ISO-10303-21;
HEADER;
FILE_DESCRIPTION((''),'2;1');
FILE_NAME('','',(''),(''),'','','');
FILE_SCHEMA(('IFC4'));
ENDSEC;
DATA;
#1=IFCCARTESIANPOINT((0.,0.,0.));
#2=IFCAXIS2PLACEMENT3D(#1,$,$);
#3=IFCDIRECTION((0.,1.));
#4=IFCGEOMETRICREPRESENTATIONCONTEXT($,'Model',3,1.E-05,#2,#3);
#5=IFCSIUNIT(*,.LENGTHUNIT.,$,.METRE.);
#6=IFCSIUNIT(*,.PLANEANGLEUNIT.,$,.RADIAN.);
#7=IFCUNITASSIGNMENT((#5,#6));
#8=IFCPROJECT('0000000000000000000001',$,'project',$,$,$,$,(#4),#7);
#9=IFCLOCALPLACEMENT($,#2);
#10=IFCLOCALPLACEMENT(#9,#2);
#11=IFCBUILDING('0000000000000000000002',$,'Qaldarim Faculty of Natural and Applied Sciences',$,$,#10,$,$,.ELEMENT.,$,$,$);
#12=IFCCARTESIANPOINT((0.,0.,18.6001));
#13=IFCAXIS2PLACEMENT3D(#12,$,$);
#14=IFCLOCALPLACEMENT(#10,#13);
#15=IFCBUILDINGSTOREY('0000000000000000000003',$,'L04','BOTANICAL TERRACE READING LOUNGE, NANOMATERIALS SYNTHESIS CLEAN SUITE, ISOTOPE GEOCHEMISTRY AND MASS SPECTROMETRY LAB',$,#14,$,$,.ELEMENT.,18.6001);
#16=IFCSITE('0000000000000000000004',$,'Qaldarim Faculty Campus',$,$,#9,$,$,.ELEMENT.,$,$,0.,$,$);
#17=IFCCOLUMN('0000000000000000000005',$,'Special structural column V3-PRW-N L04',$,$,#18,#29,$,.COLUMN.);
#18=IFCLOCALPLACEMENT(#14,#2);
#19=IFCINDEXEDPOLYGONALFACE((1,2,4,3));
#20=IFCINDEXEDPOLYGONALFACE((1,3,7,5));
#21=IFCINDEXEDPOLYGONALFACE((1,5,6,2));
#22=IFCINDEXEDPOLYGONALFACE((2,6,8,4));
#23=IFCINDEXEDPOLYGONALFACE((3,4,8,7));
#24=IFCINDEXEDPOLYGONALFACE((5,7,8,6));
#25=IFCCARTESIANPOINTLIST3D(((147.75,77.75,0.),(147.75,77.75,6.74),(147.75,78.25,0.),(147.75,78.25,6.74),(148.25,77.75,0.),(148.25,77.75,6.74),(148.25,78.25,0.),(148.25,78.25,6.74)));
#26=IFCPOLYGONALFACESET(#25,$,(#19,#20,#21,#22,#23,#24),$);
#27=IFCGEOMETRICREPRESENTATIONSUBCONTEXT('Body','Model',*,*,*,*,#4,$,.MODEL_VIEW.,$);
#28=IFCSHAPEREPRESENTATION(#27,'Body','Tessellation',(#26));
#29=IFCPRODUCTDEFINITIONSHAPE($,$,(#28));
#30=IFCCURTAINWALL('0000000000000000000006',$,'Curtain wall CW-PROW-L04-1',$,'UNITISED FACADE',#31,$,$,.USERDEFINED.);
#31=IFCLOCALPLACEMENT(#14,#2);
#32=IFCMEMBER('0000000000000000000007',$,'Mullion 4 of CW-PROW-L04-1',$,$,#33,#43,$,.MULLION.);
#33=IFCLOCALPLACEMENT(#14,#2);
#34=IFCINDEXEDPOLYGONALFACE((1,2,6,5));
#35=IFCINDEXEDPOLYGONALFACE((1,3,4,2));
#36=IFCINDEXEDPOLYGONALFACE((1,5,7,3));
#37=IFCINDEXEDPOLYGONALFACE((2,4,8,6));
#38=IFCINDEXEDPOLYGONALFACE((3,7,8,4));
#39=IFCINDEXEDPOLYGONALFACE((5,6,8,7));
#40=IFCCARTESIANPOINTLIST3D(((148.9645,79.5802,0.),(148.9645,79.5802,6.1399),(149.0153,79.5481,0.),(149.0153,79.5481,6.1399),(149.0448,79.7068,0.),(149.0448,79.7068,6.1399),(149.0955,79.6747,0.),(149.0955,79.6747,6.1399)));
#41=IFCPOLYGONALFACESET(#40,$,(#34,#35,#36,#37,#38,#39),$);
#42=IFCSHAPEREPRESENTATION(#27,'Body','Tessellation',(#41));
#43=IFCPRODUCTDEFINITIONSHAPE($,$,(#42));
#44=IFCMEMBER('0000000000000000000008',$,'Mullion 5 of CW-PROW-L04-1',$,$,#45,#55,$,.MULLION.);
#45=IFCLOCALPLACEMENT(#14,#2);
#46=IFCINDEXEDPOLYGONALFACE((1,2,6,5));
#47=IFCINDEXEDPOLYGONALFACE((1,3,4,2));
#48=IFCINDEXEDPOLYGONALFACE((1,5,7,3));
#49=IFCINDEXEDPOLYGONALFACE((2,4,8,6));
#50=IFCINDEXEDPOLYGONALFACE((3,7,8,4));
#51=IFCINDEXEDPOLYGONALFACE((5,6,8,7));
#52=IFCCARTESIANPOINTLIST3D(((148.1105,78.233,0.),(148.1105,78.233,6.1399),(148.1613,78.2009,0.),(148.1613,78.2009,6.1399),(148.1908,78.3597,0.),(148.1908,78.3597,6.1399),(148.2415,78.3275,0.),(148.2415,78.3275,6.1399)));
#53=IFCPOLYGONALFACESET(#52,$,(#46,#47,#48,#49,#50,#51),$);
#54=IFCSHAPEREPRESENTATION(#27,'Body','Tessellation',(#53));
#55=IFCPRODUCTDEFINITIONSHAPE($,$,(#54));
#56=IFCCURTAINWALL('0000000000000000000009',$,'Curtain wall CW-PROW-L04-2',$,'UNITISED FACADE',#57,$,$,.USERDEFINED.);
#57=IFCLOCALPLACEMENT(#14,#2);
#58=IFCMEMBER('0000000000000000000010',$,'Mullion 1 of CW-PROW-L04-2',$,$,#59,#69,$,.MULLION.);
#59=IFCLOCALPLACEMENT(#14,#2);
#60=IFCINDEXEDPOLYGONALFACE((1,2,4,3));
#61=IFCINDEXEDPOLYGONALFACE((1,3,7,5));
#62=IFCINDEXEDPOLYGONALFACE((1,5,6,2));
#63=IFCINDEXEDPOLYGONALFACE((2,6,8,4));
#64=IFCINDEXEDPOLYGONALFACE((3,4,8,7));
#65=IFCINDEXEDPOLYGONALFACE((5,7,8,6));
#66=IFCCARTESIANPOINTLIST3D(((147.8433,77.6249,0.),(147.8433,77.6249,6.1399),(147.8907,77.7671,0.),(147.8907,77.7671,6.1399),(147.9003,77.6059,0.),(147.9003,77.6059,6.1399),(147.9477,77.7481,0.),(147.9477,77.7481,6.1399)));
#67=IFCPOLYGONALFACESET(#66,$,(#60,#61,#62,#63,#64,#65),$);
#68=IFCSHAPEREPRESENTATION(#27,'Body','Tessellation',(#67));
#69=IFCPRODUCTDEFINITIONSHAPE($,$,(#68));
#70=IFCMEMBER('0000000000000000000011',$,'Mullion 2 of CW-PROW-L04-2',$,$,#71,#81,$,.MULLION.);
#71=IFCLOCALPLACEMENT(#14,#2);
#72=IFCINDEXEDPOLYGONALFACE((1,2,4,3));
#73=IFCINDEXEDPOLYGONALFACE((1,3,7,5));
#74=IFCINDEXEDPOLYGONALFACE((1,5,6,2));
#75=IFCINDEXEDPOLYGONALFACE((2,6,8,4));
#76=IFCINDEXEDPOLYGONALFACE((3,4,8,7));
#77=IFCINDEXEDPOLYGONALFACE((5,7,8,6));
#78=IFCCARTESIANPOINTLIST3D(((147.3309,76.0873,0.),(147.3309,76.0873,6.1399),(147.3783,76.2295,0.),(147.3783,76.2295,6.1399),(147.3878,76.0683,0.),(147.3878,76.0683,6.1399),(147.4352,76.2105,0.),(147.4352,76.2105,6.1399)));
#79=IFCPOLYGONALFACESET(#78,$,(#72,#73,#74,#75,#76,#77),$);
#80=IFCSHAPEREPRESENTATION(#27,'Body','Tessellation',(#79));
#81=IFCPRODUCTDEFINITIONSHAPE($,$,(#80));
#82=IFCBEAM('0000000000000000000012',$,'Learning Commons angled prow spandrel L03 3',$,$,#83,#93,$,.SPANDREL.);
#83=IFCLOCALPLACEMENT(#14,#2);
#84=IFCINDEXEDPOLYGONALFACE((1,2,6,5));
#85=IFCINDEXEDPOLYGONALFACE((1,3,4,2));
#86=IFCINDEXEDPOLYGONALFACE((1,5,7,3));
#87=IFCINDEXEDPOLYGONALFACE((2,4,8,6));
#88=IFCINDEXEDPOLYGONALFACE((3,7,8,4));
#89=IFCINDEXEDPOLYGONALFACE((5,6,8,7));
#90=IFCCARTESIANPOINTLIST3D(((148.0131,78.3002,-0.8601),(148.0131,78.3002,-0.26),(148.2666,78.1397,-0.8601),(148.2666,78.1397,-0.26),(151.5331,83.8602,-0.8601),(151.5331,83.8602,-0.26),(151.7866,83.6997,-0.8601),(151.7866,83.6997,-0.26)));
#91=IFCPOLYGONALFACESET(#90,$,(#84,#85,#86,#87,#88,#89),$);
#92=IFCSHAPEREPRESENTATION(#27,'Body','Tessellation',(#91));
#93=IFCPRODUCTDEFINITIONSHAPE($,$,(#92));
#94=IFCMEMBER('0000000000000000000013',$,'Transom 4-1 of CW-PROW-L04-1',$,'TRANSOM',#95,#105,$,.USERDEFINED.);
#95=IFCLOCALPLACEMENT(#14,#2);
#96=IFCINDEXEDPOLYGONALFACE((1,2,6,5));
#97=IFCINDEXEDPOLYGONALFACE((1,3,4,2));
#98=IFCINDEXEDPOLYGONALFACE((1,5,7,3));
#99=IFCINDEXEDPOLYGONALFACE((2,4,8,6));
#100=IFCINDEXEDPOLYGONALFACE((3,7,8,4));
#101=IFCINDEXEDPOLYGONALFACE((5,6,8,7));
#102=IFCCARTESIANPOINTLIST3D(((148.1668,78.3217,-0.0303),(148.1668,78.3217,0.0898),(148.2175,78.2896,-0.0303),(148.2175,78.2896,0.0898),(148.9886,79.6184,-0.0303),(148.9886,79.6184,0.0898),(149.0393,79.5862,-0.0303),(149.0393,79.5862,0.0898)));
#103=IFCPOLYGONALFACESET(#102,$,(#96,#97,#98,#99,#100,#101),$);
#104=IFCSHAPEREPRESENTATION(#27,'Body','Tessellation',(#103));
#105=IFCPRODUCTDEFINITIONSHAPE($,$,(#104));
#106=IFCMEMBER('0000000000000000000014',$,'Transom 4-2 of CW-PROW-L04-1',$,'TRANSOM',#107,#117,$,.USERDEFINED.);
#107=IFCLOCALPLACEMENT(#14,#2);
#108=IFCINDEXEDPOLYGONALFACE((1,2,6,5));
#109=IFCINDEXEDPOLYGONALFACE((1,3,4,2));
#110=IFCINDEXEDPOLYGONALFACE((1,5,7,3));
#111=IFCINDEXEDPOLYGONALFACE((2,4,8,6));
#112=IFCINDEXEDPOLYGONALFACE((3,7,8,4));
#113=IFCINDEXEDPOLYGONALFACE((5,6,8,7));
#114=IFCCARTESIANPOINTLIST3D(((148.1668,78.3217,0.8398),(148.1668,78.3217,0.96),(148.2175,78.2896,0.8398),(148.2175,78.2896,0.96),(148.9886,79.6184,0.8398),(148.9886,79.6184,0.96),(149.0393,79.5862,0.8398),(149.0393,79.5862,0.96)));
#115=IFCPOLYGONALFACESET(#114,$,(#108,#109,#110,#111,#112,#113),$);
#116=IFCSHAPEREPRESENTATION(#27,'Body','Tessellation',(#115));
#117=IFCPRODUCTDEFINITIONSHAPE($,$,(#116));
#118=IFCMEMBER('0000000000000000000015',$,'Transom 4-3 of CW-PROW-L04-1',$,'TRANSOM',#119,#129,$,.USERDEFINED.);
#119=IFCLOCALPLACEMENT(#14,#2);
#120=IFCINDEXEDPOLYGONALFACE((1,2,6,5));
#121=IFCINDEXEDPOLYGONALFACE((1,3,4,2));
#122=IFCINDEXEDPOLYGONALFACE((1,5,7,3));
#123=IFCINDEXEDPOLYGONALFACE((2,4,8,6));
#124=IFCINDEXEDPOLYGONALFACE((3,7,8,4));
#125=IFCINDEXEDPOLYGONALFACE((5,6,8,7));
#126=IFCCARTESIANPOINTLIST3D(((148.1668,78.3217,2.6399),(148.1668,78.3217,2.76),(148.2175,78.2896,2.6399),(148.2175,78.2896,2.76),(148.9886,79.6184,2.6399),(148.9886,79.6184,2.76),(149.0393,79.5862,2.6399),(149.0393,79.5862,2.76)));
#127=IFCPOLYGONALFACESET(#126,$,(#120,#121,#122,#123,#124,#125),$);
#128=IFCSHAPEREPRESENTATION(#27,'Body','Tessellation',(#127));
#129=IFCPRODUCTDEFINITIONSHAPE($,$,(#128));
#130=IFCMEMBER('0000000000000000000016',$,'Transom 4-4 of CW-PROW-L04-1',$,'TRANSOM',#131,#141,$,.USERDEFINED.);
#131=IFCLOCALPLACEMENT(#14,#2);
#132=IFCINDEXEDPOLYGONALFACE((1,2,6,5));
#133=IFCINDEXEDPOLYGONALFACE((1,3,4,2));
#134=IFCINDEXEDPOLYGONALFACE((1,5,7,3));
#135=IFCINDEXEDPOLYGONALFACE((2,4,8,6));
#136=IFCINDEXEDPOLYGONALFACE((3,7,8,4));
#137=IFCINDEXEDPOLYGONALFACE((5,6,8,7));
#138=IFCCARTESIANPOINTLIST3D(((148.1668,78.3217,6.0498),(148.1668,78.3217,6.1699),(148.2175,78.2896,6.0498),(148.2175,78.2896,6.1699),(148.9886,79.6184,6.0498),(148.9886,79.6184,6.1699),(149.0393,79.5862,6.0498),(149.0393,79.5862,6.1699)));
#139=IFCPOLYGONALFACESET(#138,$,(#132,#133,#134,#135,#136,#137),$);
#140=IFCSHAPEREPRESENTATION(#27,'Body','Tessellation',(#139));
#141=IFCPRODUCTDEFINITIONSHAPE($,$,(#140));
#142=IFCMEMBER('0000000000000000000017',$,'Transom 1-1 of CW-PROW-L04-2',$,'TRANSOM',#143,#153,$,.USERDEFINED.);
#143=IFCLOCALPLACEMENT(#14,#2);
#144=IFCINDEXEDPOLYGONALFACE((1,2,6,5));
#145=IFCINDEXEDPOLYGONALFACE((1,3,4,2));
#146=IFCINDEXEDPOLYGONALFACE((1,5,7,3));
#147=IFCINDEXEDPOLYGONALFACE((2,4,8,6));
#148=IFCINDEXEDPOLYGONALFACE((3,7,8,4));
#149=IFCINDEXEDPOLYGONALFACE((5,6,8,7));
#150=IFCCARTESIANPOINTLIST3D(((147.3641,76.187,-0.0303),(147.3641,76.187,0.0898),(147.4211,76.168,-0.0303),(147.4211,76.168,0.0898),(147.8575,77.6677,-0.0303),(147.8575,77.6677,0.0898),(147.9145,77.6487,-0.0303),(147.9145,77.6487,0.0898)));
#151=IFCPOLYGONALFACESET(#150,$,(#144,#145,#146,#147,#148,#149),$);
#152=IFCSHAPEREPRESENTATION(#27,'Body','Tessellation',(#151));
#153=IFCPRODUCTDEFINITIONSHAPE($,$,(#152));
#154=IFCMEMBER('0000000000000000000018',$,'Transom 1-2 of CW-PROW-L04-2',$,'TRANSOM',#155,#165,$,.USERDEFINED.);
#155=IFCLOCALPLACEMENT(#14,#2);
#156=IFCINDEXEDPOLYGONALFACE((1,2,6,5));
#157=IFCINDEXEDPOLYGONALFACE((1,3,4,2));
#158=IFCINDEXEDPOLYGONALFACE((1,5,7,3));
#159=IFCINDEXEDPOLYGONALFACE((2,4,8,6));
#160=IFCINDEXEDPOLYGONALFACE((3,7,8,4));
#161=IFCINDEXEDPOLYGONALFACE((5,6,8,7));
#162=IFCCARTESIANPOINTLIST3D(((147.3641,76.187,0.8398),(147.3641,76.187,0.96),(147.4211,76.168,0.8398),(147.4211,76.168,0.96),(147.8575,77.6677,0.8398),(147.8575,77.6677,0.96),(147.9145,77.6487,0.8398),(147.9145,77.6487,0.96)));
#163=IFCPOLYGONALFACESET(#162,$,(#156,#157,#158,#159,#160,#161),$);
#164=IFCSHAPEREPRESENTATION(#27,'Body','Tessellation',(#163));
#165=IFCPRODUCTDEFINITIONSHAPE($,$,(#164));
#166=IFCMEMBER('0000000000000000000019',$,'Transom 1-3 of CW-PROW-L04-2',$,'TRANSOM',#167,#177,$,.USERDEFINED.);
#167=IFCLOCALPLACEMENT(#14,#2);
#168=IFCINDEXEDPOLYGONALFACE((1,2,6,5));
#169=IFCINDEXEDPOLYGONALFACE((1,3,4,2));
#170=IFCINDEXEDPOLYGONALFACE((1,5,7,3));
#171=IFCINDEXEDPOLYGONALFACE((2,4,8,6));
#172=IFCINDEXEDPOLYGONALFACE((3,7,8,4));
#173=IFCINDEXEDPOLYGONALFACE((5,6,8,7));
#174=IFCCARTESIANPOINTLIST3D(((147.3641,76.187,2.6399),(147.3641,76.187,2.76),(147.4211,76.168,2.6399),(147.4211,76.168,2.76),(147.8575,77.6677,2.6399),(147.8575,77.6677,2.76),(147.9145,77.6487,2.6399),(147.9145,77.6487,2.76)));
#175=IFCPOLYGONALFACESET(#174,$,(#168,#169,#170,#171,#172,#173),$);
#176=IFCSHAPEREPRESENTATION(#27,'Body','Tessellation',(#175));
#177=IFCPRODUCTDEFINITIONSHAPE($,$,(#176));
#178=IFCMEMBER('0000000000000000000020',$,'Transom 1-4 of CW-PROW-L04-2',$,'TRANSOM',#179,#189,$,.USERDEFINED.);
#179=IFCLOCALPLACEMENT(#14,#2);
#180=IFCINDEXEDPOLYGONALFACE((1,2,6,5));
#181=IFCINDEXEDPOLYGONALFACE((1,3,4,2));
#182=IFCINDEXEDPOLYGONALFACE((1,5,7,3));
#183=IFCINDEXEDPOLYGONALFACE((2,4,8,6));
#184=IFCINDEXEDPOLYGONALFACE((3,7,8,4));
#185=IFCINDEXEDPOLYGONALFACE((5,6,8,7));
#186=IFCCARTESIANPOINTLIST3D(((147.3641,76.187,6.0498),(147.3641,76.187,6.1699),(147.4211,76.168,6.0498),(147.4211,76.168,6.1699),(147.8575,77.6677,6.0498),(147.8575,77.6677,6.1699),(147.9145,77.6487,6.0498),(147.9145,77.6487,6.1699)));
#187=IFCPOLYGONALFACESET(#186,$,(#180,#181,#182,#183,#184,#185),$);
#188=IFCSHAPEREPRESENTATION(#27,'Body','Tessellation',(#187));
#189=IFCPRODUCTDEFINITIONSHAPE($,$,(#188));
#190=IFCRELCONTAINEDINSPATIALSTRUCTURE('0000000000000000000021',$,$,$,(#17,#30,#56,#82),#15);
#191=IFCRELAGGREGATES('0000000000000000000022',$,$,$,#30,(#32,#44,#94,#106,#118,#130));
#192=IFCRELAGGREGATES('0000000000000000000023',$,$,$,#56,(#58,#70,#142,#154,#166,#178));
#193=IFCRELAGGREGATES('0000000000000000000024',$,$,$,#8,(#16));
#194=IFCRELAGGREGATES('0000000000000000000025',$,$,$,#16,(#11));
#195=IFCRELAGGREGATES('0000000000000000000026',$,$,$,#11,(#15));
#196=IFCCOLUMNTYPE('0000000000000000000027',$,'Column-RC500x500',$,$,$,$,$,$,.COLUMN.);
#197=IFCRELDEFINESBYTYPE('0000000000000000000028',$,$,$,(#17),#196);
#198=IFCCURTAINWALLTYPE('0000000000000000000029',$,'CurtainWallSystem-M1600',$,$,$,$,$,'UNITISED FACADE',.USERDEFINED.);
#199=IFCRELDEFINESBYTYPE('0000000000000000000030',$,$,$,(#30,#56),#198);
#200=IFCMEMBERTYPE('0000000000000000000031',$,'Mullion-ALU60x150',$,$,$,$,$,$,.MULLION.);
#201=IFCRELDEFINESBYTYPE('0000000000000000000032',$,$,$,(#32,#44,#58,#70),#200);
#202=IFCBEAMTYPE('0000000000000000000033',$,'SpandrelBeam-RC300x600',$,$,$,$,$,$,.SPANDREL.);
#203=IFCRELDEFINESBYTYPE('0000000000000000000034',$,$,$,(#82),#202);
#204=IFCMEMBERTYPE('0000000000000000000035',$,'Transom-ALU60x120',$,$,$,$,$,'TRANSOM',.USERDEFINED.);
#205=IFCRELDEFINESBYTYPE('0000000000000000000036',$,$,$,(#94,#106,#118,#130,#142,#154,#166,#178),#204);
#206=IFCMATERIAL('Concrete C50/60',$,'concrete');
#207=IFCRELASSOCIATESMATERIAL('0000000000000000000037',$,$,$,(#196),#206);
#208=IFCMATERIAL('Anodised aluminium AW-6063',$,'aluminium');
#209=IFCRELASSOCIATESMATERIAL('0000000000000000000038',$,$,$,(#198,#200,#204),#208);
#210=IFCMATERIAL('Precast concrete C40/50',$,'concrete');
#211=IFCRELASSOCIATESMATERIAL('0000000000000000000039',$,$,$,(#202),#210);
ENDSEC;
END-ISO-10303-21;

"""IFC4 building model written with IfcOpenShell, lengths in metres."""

from ifc_helpers import new_model, si_unit, direction, frame, origin, origin_2d, place, context, subcontext, project, spatial, rectangle, extrude, material, material_profile, profile_set, type_object, element, aggregate, save


model = new_model("IFC4")

# Units and contexts
model_context = context("Model", 3, precision=1e-05, world=origin(), true_north=direction((0.0, 1.0)))
body_context = subcontext(model_context, "Body", "Model", "MODEL_VIEW")
ifc_project = project(units=[si_unit("LENGTHUNIT", "METRE"), si_unit("PLANEANGLEUNIT", "RADIAN")], contexts=[model_context])

# Site, building, storey
site_placement = place(None, origin())
site = spatial("IfcSite", under=ifc_project, at=site_placement, Name="Qaldarim Faculty Campus", CompositionType="ELEMENT", RefElevation=0.0)
building_placement = place(site_placement, origin())
building = spatial("IfcBuilding", under=site, at=building_placement, Name="Qaldarim Faculty of Natural and Applied Sciences", CompositionType="ELEMENT")
storey_placement = place(building_placement, frame((0.0, 0.0, 18.6001)))
storey = spatial("IfcBuildingStorey", under=building, at=storey_placement, Name="L04", Description="BOTANICAL TERRACE READING LOUNGE, NANOMATERIALS SYNTHESIS CLEAN SUITE, ISOTOPE GEOCHEMISTRY AND MASS SPECTROMETRY LAB", CompositionType="ELEMENT", Elevation=18.6001)

# Column
ifc_material_1 = material(Name="Concrete C50/60", Category="concrete")
ifc_material_profile_1 = material_profile(ifc_material_1, rectangle(XDim=0.5, YDim=0.5, at=origin_2d()), Name="RC-C500x500")
ifc_profile_set_1 = profile_set([ifc_material_profile_1], Name="Concrete C50/60")
column_type = type_object("IfcColumnType", Name="Column-RC500x500", PredefinedType="COLUMN", material=ifc_profile_set_1)
column_placement = place(storey_placement, frame((148.0, 78.0, 0.0), z_axis=(0.0, 0.0, 1.0), x_axis=(1.0, 0.0, 0.0)))
element("IfcColumn", 1, at=column_placement, inside=storey, type_object=column_type, Name="Special structural column V3-PRW-N L04", PredefinedType="COLUMN", context=body_context, shape_type="SweptSolid", body=[
    extrude(rectangle(XDim=0.5, YDim=0.5, at=origin_2d()), origin(), (0.0, 0.0, 1.0), 6.74),
])

# Curtain walls, members
ifc_material_2 = material(Name="Anodised aluminium AW-6063", Category="aluminium")
curtain_wall_type = type_object("IfcCurtainWallType", Name="CurtainWallSystem-M1600", ElementType="UNITISED FACADE", PredefinedType="USERDEFINED", material=ifc_material_2)
curtain_wall_1_placement = place(storey_placement, origin())
curtain_wall_1 = element("IfcCurtainWall", 2, at=curtain_wall_1_placement, inside=storey, type_object=curtain_wall_type, Name="Curtain wall CW-PROW-L04-1", ObjectType="UNITISED FACADE", PredefinedType="USERDEFINED")
ifc_material_profile_2 = material_profile(ifc_material_2, rectangle(XDim=0.0601, YDim=0.1499, at=origin_2d()), Name="ALU-M60x150")
ifc_profile_set_2 = profile_set([ifc_material_profile_2], Name="Anodised aluminium AW-6063")
member_type_1 = type_object("IfcMemberType", Name="Mullion-ALU60x150", PredefinedType="MULLION", material=ifc_profile_set_2)
member_1_placement = place(storey_placement, frame((149.03, 79.6274, 0.0), z_axis=(0.0, 0.0, 1.0), x_axis=(0.844608, -0.535385, 0.0)))
member_1 = element("IfcMember", 3, at=member_1_placement, type_object=member_type_1, Name="Mullion 4 of CW-PROW-L04-1", PredefinedType="MULLION", context=body_context, shape_type="SweptSolid", body=[
    extrude(rectangle(XDim=0.0601, YDim=0.1499, at=origin_2d()), origin(), (0.0, 0.0, 1.0), 6.1399),
])
member_2_placement = place(storey_placement, frame((148.176, 78.2803, 0.0), z_axis=(0.0, 0.0, 1.0), x_axis=(0.844608, -0.535385, 0.0)))
member_2 = element("IfcMember", 4, at=member_2_placement, type_object=member_type_1, Name="Mullion 5 of CW-PROW-L04-1", PredefinedType="MULLION", context=body_context, shape_type="SweptSolid", body=[
    extrude(rectangle(XDim=0.0601, YDim=0.1499, at=origin_2d()), origin(), (0.0, 0.0, 1.0), 6.1399),
])
curtain_wall_2_placement = place(storey_placement, origin())
curtain_wall_2 = element("IfcCurtainWall", 5, at=curtain_wall_2_placement, inside=storey, type_object=curtain_wall_type, Name="Curtain wall CW-PROW-L04-2", ObjectType="UNITISED FACADE", PredefinedType="USERDEFINED")
member_3_placement = place(storey_placement, frame((147.8955, 77.6865, 0.0), z_axis=(0.0, 0.0, 1.0), x_axis=(0.948683, -0.316229, 0.0)))
member_3 = element("IfcMember", 6, at=member_3_placement, type_object=member_type_1, Name="Mullion 1 of CW-PROW-L04-2", PredefinedType="MULLION", context=body_context, shape_type="SweptSolid", body=[
    extrude(rectangle(XDim=0.0601, YDim=0.1499, at=origin_2d()), origin(), (0.0, 0.0, 1.0), 6.1399),
])
member_4_placement = place(storey_placement, frame((147.3831, 76.1489, 0.0), z_axis=(0.0, 0.0, 1.0), x_axis=(0.948683, -0.316229, 0.0)))
member_4 = element("IfcMember", 7, at=member_4_placement, type_object=member_type_1, Name="Mullion 2 of CW-PROW-L04-2", PredefinedType="MULLION", context=body_context, shape_type="SweptSolid", body=[
    extrude(rectangle(XDim=0.0601, YDim=0.1499, at=origin_2d()), origin(), (0.0, 0.0, 1.0), 6.1399),
])

# Beam
ifc_material_3 = material(Name="Precast concrete C40/50", Category="concrete")
ifc_material_profile_3 = material_profile(ifc_material_3, rectangle(XDim=0.3, YDim=0.6001, at=origin_2d()), Name="RC-SP300x600")
ifc_profile_set_3 = profile_set([ifc_material_profile_3], Name="Precast concrete C40/50")
beam_type = type_object("IfcBeamType", Name="SpandrelBeam-RC300x600", PredefinedType="SPANDREL", material=ifc_profile_set_3)
beam_placement = place(storey_placement, frame((148.1399, 78.22, -0.5601), z_axis=(0.534906, 0.844912, 0.0), x_axis=(-0.844912, 0.534906, 0.0)))
element("IfcBeam", 8, at=beam_placement, inside=storey, type_object=beam_type, Name="Learning Commons angled prow spandrel L03 3", PredefinedType="SPANDREL", context=body_context, shape_type="SweptSolid", body=[
    extrude(rectangle(XDim=0.3, YDim=0.6001, at=origin_2d()), origin(), (0.0, 0.0, 1.0), 6.5806),
])

# Members
ifc_material_profile_4 = material_profile(ifc_material_2, rectangle(XDim=0.0601, YDim=0.1201, at=origin_2d()), Name="ALU-T60x120")
ifc_profile_set_4 = profile_set([ifc_material_profile_4], Name="Anodised aluminium AW-6063")
member_type_2 = type_object("IfcMemberType", Name="Transom-ALU60x120", ElementType="TRANSOM", PredefinedType="USERDEFINED", material=ifc_profile_set_4)
member_5_placement = place(storey_placement, frame((149.0139, 79.6023, 0.0298), z_axis=(-0.535321, -0.844649, 0.0), x_axis=(0.844649, -0.535321, 0.0)))
member_5 = element("IfcMember", 9, at=member_5_placement, type_object=member_type_2, Name="Transom 4-1 of CW-PROW-L04-1", ObjectType="TRANSOM", PredefinedType="USERDEFINED", context=body_context, shape_type="SweptSolid", body=[
    extrude(rectangle(XDim=0.0601, YDim=0.1201, at=origin_2d()), origin(), (0.0, 0.0, 1.0), 1.5352),
])
member_6_placement = place(storey_placement, frame((149.0139, 79.6023, 0.8999), z_axis=(-0.535321, -0.844649, 0.0), x_axis=(0.844649, -0.535321, 0.0)))
member_6 = element("IfcMember", 10, at=member_6_placement, type_object=member_type_2, Name="Transom 4-2 of CW-PROW-L04-1", ObjectType="TRANSOM", PredefinedType="USERDEFINED", context=body_context, shape_type="SweptSolid", body=[
    extrude(rectangle(XDim=0.0601, YDim=0.1201, at=origin_2d()), origin(), (0.0, 0.0, 1.0), 1.5352),
])
member_7_placement = place(storey_placement, frame((149.0139, 79.6023, 2.7), z_axis=(-0.535321, -0.844649, 0.0), x_axis=(0.844649, -0.535321, 0.0)))
member_7 = element("IfcMember", 11, at=member_7_placement, type_object=member_type_2, Name="Transom 4-3 of CW-PROW-L04-1", ObjectType="TRANSOM", PredefinedType="USERDEFINED", context=body_context, shape_type="SweptSolid", body=[
    extrude(rectangle(XDim=0.0601, YDim=0.1201, at=origin_2d()), origin(), (0.0, 0.0, 1.0), 1.5352),
])
member_8_placement = place(storey_placement, frame((149.0139, 79.6023, 6.1099), z_axis=(-0.535321, -0.844649, 0.0), x_axis=(0.844649, -0.535321, 0.0)))
member_8 = element("IfcMember", 12, at=member_8_placement, type_object=member_type_2, Name="Transom 4-4 of CW-PROW-L04-1", ObjectType="TRANSOM", PredefinedType="USERDEFINED", context=body_context, shape_type="SweptSolid", body=[
    extrude(rectangle(XDim=0.0601, YDim=0.1201, at=origin_2d()), origin(), (0.0, 0.0, 1.0), 1.5352),
])
member_9_placement = place(storey_placement, frame((147.886, 77.6582, 0.0298), z_axis=(-0.316134, -0.948715, 0.0), x_axis=(0.948715, -0.316134, 0.0)))
member_9 = element("IfcMember", 13, at=member_9_placement, type_object=member_type_2, Name="Transom 1-1 of CW-PROW-L04-2", ObjectType="TRANSOM", PredefinedType="USERDEFINED", context=body_context, shape_type="SweptSolid", body=[
    extrude(rectangle(XDim=0.0601, YDim=0.1201, at=origin_2d()), origin(), (0.0, 0.0, 1.0), 1.5608),
])
member_10_placement = place(storey_placement, frame((147.886, 77.6582, 0.8999), z_axis=(-0.316134, -0.948715, 0.0), x_axis=(0.948715, -0.316134, 0.0)))
member_10 = element("IfcMember", 14, at=member_10_placement, type_object=member_type_2, Name="Transom 1-2 of CW-PROW-L04-2", ObjectType="TRANSOM", PredefinedType="USERDEFINED", context=body_context, shape_type="SweptSolid", body=[
    extrude(rectangle(XDim=0.0601, YDim=0.1201, at=origin_2d()), origin(), (0.0, 0.0, 1.0), 1.5608),
])
member_11_placement = place(storey_placement, frame((147.886, 77.6582, 2.7), z_axis=(-0.316134, -0.948715, 0.0), x_axis=(0.948715, -0.316134, 0.0)))
member_11 = element("IfcMember", 15, at=member_11_placement, type_object=member_type_2, Name="Transom 1-3 of CW-PROW-L04-2", ObjectType="TRANSOM", PredefinedType="USERDEFINED", context=body_context, shape_type="SweptSolid", body=[
    extrude(rectangle(XDim=0.0601, YDim=0.1201, at=origin_2d()), origin(), (0.0, 0.0, 1.0), 1.5608),
])
member_12_placement = place(storey_placement, frame((147.886, 77.6582, 6.1099), z_axis=(-0.316134, -0.948715, 0.0), x_axis=(0.948715, -0.316134, 0.0)))
member_12 = element("IfcMember", 16, at=member_12_placement, type_object=member_type_2, Name="Transom 1-4 of CW-PROW-L04-2", ObjectType="TRANSOM", PredefinedType="USERDEFINED", context=body_context, shape_type="SweptSolid", body=[
    extrude(rectangle(XDim=0.0601, YDim=0.1201, at=origin_2d()), origin(), (0.0, 0.0, 1.0), 1.5608),
])

aggregate(curtain_wall_1, [member_1, member_2, member_5, member_6, member_7, member_8])
aggregate(curtain_wall_2, [member_3, member_4, member_9, member_10, member_11, member_12])

save(model, "model.ifc")
